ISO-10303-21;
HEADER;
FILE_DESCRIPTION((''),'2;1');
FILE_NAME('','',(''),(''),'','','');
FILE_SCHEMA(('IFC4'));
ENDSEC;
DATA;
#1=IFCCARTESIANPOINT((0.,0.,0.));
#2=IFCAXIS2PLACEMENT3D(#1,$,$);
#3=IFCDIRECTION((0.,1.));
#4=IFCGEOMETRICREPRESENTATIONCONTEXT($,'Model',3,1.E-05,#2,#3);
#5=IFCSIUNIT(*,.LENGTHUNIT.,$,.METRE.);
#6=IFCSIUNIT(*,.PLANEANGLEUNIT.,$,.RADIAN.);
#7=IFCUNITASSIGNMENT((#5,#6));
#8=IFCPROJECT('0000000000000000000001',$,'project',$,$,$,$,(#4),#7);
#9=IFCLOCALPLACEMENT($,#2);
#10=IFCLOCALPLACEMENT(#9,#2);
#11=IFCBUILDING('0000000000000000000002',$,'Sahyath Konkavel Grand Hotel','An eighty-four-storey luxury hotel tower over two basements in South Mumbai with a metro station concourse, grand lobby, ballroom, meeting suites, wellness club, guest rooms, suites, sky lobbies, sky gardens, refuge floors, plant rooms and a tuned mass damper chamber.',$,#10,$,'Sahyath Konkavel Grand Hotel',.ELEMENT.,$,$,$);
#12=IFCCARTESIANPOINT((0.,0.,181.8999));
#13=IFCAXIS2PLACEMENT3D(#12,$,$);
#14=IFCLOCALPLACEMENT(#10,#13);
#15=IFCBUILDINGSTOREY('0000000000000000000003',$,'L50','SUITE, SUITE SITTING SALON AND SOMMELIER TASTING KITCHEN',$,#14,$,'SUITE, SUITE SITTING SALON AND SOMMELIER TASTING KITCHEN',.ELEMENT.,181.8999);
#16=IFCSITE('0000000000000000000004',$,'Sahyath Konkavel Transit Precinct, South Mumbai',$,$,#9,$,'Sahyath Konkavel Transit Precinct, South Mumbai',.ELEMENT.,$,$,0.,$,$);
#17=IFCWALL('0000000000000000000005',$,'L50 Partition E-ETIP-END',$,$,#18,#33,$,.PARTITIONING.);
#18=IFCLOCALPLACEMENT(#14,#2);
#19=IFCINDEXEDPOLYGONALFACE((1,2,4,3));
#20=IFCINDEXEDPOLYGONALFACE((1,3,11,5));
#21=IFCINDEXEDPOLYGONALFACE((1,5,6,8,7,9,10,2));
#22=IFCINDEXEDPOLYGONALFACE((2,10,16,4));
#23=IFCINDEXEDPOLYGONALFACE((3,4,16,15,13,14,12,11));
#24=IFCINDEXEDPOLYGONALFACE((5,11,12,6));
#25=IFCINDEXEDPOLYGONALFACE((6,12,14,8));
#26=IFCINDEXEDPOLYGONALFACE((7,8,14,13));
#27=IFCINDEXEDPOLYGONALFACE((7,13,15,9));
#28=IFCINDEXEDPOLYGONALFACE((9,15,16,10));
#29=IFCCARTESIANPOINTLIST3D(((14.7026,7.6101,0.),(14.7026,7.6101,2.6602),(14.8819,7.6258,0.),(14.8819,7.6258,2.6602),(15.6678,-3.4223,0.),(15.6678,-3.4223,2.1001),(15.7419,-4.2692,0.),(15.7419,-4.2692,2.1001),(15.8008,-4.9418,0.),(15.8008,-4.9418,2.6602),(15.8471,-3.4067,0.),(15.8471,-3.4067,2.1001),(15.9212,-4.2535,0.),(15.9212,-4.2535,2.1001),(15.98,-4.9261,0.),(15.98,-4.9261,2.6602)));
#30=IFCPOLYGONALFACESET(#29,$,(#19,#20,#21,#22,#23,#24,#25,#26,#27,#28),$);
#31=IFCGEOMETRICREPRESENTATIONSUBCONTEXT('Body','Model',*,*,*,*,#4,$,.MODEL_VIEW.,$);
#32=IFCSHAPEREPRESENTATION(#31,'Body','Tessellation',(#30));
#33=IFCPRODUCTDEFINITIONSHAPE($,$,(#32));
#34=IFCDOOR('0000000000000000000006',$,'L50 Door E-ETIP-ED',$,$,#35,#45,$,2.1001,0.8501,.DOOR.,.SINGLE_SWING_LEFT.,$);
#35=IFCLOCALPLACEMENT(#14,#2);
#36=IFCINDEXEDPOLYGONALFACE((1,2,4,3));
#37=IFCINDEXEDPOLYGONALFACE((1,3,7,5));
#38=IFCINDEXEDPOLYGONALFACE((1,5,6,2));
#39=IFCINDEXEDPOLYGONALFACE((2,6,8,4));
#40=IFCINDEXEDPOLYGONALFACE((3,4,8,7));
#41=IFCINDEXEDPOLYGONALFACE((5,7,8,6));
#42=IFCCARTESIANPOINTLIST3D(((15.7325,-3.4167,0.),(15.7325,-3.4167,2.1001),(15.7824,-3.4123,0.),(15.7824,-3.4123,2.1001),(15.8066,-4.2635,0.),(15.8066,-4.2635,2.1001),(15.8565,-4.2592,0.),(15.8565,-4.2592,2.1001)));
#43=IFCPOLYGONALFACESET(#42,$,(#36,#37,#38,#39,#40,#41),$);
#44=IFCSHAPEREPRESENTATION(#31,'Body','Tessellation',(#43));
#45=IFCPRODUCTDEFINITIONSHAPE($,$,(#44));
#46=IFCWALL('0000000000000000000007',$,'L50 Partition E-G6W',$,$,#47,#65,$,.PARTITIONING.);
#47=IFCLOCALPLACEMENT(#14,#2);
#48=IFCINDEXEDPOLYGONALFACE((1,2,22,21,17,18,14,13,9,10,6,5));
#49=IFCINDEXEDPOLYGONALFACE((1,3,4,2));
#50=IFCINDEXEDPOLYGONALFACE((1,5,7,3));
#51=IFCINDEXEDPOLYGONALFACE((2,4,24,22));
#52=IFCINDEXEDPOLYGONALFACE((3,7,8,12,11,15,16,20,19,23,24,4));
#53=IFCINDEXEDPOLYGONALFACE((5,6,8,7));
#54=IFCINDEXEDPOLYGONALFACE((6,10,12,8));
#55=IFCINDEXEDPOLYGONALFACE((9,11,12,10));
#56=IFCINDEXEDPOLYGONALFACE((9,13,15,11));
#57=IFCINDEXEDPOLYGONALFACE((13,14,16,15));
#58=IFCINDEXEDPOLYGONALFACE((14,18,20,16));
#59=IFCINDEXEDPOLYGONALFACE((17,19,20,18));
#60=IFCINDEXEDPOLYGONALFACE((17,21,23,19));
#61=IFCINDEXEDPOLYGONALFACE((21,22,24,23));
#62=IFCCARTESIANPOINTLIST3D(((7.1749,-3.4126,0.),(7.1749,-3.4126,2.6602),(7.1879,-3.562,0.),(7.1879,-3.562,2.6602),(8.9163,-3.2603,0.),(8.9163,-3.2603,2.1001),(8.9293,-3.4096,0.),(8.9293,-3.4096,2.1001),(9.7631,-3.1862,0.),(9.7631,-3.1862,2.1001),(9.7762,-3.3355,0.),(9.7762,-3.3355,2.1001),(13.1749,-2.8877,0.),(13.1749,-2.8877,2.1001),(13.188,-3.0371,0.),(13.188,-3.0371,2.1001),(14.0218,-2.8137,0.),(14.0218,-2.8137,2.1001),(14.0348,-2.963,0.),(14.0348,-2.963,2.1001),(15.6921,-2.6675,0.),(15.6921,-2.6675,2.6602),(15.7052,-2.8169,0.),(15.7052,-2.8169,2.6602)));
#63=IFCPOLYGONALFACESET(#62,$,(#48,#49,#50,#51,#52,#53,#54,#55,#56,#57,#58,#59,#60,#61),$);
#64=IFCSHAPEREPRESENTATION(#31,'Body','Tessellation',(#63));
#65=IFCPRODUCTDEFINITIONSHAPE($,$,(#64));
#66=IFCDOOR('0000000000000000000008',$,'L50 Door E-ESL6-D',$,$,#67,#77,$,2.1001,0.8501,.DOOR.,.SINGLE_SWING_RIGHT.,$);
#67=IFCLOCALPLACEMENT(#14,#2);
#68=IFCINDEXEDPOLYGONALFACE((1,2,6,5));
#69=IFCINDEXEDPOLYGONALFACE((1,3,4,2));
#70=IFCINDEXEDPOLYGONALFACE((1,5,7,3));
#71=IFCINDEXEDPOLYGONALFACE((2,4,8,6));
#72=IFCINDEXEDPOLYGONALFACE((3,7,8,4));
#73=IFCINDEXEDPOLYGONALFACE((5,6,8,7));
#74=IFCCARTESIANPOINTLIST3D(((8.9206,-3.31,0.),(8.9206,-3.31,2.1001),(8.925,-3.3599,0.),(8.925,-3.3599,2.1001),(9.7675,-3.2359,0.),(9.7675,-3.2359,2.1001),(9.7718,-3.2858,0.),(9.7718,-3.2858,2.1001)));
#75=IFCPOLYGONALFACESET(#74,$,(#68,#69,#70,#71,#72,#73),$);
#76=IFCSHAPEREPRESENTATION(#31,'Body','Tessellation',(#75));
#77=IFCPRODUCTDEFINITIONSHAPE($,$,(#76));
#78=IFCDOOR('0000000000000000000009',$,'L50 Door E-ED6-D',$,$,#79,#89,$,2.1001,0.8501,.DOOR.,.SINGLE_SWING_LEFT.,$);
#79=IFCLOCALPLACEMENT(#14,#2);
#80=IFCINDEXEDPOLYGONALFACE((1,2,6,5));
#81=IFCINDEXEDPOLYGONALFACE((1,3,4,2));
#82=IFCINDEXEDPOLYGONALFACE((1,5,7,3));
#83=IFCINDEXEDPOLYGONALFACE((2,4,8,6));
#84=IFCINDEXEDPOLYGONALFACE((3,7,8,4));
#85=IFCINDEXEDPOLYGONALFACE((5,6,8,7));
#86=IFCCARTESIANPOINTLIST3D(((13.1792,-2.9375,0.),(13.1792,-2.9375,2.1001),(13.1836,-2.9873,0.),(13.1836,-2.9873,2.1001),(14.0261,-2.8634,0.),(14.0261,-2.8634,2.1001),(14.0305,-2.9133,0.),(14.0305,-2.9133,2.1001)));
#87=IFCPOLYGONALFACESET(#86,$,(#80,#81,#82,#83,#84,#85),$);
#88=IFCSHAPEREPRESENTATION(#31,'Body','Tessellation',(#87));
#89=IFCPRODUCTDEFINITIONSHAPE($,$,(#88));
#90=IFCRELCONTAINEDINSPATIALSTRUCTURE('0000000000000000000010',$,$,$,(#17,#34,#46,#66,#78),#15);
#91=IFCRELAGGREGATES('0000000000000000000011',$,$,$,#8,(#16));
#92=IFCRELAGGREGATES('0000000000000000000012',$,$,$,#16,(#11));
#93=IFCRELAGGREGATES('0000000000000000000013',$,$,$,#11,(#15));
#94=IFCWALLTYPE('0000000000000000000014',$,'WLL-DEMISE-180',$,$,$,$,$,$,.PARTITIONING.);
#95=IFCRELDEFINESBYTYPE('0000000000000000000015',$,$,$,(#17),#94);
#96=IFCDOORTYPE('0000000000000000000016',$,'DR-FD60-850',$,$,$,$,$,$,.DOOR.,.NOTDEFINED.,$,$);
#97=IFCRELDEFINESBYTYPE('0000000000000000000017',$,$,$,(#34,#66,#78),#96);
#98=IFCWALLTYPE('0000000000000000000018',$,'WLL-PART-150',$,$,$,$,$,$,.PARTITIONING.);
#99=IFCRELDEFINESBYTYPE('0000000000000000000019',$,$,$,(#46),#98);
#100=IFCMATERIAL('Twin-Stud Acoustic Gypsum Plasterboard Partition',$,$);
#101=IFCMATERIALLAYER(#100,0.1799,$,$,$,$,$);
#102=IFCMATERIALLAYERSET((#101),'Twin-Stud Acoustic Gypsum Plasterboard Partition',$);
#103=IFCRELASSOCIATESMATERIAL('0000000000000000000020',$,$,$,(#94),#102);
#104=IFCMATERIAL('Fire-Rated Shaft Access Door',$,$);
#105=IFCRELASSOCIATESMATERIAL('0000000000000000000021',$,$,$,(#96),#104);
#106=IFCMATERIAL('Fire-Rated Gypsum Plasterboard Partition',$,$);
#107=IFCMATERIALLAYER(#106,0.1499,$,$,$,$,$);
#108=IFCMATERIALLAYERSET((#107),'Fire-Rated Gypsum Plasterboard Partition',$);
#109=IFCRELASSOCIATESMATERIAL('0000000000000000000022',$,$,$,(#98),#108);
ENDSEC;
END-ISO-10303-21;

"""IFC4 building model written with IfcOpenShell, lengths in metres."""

from ifc_helpers import new_model, si_unit, direction, frame, frame_2d, origin, origin_2d, place, context, subcontext, project, spatial, rectangle, extrude, source, transform, mapped, material, layer, layer_set, type_object, element, fill, save


model = new_model("IFC4")

# Units and contexts
model_context = context("Model", 3, precision=1e-05, world=origin(), true_north=direction((0.0, 1.0)))
body_context = subcontext(model_context, "Body", "Model", "MODEL_VIEW")
ifc_project = project(units=[si_unit("LENGTHUNIT", "METRE"), si_unit("PLANEANGLEUNIT", "RADIAN")], contexts=[model_context])

# Site, building, storey
site_placement = place(None, origin())
site = spatial("IfcSite", under=ifc_project, at=site_placement, Name="Sahyath Konkavel Transit Precinct, South Mumbai", LongName="Sahyath Konkavel Transit Precinct, South Mumbai", CompositionType="ELEMENT", RefElevation=0.0)
building_placement = place(site_placement, origin())
building = spatial("IfcBuilding", under=site, at=building_placement, Name="Sahyath Konkavel Grand Hotel", Description="An eighty-four-storey luxury hotel tower over two basements in South Mumbai with a metro station concourse, grand lobby, ballroom, meeting suites, wellness club, guest rooms, suites, sky lobbies, sky gardens, refuge floors, plant rooms and a tuned mass damper chamber.", LongName="Sahyath Konkavel Grand Hotel", CompositionType="ELEMENT")
storey_placement = place(building_placement, frame((0.0, 0.0, 181.8999)))
storey = spatial("IfcBuildingStorey", under=building, at=storey_placement, Name="L50", Description="SUITE, SUITE SITTING SALON AND SOMMELIER TASTING KITCHEN", LongName="SUITE, SUITE SITTING SALON AND SOMMELIER TASTING KITCHEN", CompositionType="ELEMENT", Elevation=181.8999)

# Shared definitions
ifc_material_1 = material(Name="Twin-Stud Acoustic Gypsum Plasterboard Partition")
ifc_layer_1 = layer(ifc_material_1, 0.1799)
ifc_layer_set_1 = layer_set([ifc_layer_1], Name="Twin-Stud Acoustic Gypsum Plasterboard Partition")
wall_type_1 = type_object("IfcWallType", Name="WLL-DEMISE-180", PredefinedType="PARTITIONING", material=ifc_layer_set_1)

# Wall, opening, door
wall_1_placement = place(storey_placement, frame((15.8904, -4.9338, 0.0), z_axis=(0.0, 0.0, 1.0), x_axis=(-0.087155, 0.996195, 0.0)))
wall_1 = element("IfcWall", 1, at=wall_1_placement, inside=storey, type_object=wall_type_1, Name="L50 Partition E-ETIP-END", PredefinedType="PARTITIONING", context=body_context, shape_type="SweptSolid", body=[
    extrude(rectangle(XDim=12.5999, YDim=0.1799, at=frame_2d((6.2998, 0.0))), origin(), (0.0, 0.0, 1.0), 2.6602),
])
opening_1_placement = place(wall_1_placement, frame((0.675, 0.0, 0.0)))
opening_1 = element("IfcOpeningElement", 2, at=opening_1_placement, cuts=wall_1, PredefinedType="OPENING", context=body_context, shape_type="SweptSolid", body=[
    extrude(rectangle(XDim=0.8501, YDim=2.1001, at=frame_2d((0.425, 1.05))), frame((0.0, 0.1001, 0.0), z_axis=(0.0, -1.0, 0.0), x_axis=(1.0, 0.0, 0.0)), (0.0, 0.0, 1.0), 0.2),
])
ifc_material_2 = material(Name="Fire-Rated Shaft Access Door")
door_type = type_object("IfcDoorType", Name="DR-FD60-850", OperationType="NOTDEFINED", PredefinedType="DOOR", material=ifc_material_2)
shared_shape_1 = source(origin(), body_context, "Body", "SweptSolid", [
    extrude(rectangle(XDim=0.8501, YDim=0.05, at=origin_2d()), origin(), (0.0, 0.0, 1.0), 2.1001),
])
door_1_placement = place(opening_1_placement, frame((0.425, 0.0, 0.0)))
door_1 = element("IfcDoor", 3, at=door_1_placement, inside=storey, type_object=door_type, Name="L50 Door E-ETIP-ED", OperationType="SINGLE_SWING_LEFT", OverallHeight=2.1001, OverallWidth=0.8501, PredefinedType="DOOR", context=body_context, shape_type="MappedRepresentation", body=[
    mapped(shared_shape_1, transform((0.0, 0.0, 0.0), scale=1.0)),
])
fill(opening_1, door_1)

# Wall, openings, doors
ifc_material_3 = material(Name="Fire-Rated Gypsum Plasterboard Partition")
ifc_layer_2 = layer(ifc_material_3, 0.1499)
ifc_layer_set_2 = layer_set([ifc_layer_2], Name="Fire-Rated Gypsum Plasterboard Partition")
wall_type_2 = type_object("IfcWallType", Name="WLL-PART-150", PredefinedType="PARTITIONING", material=ifc_layer_set_2)
wall_2_placement = place(storey_placement, frame((7.1814, -3.4873, 0.0), z_axis=(0.0, 0.0, 1.0), x_axis=(0.996195, 0.08715, 0.0)))
wall_2 = element("IfcWall", 4, at=wall_2_placement, inside=storey, type_object=wall_type_2, Name="L50 Partition E-G6W", PredefinedType="PARTITIONING", context=body_context, shape_type="SweptSolid", body=[
    extrude(rectangle(XDim=8.5498, YDim=0.1499, at=frame_2d((4.2749, 0.0))), origin(), (0.0, 0.0, 1.0), 2.6602),
])
opening_2_placement = place(wall_2_placement, frame((1.748, 0.0, 0.0)))
opening_2 = element("IfcOpeningElement", 5, at=opening_2_placement, cuts=wall_2, PredefinedType="OPENING", context=body_context, shape_type="SweptSolid", body=[
    extrude(rectangle(XDim=0.8501, YDim=2.1001, at=frame_2d((0.425, 1.05))), frame((0.0, 0.085, 0.0), z_axis=(0.0, -1.0, 0.0), x_axis=(1.0, 0.0, 0.0)), (0.0, 0.0, 1.0), 0.1699),
])
opening_3_placement = place(wall_2_placement, frame((6.0229, 0.0, 0.0)))
opening_3 = element("IfcOpeningElement", 6, at=opening_3_placement, cuts=wall_2, PredefinedType="OPENING", context=body_context, shape_type="SweptSolid", body=[
    extrude(rectangle(XDim=0.8501, YDim=2.1001, at=frame_2d((0.425, 1.05))), frame((0.0, 0.085, 0.0), z_axis=(0.0, -1.0, 0.0), x_axis=(1.0, 0.0, 0.0)), (0.0, 0.0, 1.0), 0.1699),
])
door_2_placement = place(opening_2_placement, frame((0.425, 0.0, 0.0)))
door_2 = element("IfcDoor", 7, at=door_2_placement, inside=storey, type_object=door_type, Name="L50 Door E-ESL6-D", OperationType="SINGLE_SWING_RIGHT", OverallHeight=2.1001, OverallWidth=0.8501, PredefinedType="DOOR", context=body_context, shape_type="MappedRepresentation", body=[
    mapped(shared_shape_1, transform((0.0, 0.0, 0.0), scale=1.0)),
])
fill(opening_2, door_2)
door_3_placement = place(opening_3_placement, frame((0.425, 0.0, 0.0)))
door_3 = element("IfcDoor", 8, at=door_3_placement, inside=storey, type_object=door_type, Name="L50 Door E-ED6-D", OperationType="SINGLE_SWING_LEFT", OverallHeight=2.1001, OverallWidth=0.8501, PredefinedType="DOOR", context=body_context, shape_type="MappedRepresentation", body=[
    mapped(shared_shape_1, transform((0.0, 0.0, 0.0), scale=1.0)),
])
fill(opening_3, door_3)

save(model, "model.ifc")
